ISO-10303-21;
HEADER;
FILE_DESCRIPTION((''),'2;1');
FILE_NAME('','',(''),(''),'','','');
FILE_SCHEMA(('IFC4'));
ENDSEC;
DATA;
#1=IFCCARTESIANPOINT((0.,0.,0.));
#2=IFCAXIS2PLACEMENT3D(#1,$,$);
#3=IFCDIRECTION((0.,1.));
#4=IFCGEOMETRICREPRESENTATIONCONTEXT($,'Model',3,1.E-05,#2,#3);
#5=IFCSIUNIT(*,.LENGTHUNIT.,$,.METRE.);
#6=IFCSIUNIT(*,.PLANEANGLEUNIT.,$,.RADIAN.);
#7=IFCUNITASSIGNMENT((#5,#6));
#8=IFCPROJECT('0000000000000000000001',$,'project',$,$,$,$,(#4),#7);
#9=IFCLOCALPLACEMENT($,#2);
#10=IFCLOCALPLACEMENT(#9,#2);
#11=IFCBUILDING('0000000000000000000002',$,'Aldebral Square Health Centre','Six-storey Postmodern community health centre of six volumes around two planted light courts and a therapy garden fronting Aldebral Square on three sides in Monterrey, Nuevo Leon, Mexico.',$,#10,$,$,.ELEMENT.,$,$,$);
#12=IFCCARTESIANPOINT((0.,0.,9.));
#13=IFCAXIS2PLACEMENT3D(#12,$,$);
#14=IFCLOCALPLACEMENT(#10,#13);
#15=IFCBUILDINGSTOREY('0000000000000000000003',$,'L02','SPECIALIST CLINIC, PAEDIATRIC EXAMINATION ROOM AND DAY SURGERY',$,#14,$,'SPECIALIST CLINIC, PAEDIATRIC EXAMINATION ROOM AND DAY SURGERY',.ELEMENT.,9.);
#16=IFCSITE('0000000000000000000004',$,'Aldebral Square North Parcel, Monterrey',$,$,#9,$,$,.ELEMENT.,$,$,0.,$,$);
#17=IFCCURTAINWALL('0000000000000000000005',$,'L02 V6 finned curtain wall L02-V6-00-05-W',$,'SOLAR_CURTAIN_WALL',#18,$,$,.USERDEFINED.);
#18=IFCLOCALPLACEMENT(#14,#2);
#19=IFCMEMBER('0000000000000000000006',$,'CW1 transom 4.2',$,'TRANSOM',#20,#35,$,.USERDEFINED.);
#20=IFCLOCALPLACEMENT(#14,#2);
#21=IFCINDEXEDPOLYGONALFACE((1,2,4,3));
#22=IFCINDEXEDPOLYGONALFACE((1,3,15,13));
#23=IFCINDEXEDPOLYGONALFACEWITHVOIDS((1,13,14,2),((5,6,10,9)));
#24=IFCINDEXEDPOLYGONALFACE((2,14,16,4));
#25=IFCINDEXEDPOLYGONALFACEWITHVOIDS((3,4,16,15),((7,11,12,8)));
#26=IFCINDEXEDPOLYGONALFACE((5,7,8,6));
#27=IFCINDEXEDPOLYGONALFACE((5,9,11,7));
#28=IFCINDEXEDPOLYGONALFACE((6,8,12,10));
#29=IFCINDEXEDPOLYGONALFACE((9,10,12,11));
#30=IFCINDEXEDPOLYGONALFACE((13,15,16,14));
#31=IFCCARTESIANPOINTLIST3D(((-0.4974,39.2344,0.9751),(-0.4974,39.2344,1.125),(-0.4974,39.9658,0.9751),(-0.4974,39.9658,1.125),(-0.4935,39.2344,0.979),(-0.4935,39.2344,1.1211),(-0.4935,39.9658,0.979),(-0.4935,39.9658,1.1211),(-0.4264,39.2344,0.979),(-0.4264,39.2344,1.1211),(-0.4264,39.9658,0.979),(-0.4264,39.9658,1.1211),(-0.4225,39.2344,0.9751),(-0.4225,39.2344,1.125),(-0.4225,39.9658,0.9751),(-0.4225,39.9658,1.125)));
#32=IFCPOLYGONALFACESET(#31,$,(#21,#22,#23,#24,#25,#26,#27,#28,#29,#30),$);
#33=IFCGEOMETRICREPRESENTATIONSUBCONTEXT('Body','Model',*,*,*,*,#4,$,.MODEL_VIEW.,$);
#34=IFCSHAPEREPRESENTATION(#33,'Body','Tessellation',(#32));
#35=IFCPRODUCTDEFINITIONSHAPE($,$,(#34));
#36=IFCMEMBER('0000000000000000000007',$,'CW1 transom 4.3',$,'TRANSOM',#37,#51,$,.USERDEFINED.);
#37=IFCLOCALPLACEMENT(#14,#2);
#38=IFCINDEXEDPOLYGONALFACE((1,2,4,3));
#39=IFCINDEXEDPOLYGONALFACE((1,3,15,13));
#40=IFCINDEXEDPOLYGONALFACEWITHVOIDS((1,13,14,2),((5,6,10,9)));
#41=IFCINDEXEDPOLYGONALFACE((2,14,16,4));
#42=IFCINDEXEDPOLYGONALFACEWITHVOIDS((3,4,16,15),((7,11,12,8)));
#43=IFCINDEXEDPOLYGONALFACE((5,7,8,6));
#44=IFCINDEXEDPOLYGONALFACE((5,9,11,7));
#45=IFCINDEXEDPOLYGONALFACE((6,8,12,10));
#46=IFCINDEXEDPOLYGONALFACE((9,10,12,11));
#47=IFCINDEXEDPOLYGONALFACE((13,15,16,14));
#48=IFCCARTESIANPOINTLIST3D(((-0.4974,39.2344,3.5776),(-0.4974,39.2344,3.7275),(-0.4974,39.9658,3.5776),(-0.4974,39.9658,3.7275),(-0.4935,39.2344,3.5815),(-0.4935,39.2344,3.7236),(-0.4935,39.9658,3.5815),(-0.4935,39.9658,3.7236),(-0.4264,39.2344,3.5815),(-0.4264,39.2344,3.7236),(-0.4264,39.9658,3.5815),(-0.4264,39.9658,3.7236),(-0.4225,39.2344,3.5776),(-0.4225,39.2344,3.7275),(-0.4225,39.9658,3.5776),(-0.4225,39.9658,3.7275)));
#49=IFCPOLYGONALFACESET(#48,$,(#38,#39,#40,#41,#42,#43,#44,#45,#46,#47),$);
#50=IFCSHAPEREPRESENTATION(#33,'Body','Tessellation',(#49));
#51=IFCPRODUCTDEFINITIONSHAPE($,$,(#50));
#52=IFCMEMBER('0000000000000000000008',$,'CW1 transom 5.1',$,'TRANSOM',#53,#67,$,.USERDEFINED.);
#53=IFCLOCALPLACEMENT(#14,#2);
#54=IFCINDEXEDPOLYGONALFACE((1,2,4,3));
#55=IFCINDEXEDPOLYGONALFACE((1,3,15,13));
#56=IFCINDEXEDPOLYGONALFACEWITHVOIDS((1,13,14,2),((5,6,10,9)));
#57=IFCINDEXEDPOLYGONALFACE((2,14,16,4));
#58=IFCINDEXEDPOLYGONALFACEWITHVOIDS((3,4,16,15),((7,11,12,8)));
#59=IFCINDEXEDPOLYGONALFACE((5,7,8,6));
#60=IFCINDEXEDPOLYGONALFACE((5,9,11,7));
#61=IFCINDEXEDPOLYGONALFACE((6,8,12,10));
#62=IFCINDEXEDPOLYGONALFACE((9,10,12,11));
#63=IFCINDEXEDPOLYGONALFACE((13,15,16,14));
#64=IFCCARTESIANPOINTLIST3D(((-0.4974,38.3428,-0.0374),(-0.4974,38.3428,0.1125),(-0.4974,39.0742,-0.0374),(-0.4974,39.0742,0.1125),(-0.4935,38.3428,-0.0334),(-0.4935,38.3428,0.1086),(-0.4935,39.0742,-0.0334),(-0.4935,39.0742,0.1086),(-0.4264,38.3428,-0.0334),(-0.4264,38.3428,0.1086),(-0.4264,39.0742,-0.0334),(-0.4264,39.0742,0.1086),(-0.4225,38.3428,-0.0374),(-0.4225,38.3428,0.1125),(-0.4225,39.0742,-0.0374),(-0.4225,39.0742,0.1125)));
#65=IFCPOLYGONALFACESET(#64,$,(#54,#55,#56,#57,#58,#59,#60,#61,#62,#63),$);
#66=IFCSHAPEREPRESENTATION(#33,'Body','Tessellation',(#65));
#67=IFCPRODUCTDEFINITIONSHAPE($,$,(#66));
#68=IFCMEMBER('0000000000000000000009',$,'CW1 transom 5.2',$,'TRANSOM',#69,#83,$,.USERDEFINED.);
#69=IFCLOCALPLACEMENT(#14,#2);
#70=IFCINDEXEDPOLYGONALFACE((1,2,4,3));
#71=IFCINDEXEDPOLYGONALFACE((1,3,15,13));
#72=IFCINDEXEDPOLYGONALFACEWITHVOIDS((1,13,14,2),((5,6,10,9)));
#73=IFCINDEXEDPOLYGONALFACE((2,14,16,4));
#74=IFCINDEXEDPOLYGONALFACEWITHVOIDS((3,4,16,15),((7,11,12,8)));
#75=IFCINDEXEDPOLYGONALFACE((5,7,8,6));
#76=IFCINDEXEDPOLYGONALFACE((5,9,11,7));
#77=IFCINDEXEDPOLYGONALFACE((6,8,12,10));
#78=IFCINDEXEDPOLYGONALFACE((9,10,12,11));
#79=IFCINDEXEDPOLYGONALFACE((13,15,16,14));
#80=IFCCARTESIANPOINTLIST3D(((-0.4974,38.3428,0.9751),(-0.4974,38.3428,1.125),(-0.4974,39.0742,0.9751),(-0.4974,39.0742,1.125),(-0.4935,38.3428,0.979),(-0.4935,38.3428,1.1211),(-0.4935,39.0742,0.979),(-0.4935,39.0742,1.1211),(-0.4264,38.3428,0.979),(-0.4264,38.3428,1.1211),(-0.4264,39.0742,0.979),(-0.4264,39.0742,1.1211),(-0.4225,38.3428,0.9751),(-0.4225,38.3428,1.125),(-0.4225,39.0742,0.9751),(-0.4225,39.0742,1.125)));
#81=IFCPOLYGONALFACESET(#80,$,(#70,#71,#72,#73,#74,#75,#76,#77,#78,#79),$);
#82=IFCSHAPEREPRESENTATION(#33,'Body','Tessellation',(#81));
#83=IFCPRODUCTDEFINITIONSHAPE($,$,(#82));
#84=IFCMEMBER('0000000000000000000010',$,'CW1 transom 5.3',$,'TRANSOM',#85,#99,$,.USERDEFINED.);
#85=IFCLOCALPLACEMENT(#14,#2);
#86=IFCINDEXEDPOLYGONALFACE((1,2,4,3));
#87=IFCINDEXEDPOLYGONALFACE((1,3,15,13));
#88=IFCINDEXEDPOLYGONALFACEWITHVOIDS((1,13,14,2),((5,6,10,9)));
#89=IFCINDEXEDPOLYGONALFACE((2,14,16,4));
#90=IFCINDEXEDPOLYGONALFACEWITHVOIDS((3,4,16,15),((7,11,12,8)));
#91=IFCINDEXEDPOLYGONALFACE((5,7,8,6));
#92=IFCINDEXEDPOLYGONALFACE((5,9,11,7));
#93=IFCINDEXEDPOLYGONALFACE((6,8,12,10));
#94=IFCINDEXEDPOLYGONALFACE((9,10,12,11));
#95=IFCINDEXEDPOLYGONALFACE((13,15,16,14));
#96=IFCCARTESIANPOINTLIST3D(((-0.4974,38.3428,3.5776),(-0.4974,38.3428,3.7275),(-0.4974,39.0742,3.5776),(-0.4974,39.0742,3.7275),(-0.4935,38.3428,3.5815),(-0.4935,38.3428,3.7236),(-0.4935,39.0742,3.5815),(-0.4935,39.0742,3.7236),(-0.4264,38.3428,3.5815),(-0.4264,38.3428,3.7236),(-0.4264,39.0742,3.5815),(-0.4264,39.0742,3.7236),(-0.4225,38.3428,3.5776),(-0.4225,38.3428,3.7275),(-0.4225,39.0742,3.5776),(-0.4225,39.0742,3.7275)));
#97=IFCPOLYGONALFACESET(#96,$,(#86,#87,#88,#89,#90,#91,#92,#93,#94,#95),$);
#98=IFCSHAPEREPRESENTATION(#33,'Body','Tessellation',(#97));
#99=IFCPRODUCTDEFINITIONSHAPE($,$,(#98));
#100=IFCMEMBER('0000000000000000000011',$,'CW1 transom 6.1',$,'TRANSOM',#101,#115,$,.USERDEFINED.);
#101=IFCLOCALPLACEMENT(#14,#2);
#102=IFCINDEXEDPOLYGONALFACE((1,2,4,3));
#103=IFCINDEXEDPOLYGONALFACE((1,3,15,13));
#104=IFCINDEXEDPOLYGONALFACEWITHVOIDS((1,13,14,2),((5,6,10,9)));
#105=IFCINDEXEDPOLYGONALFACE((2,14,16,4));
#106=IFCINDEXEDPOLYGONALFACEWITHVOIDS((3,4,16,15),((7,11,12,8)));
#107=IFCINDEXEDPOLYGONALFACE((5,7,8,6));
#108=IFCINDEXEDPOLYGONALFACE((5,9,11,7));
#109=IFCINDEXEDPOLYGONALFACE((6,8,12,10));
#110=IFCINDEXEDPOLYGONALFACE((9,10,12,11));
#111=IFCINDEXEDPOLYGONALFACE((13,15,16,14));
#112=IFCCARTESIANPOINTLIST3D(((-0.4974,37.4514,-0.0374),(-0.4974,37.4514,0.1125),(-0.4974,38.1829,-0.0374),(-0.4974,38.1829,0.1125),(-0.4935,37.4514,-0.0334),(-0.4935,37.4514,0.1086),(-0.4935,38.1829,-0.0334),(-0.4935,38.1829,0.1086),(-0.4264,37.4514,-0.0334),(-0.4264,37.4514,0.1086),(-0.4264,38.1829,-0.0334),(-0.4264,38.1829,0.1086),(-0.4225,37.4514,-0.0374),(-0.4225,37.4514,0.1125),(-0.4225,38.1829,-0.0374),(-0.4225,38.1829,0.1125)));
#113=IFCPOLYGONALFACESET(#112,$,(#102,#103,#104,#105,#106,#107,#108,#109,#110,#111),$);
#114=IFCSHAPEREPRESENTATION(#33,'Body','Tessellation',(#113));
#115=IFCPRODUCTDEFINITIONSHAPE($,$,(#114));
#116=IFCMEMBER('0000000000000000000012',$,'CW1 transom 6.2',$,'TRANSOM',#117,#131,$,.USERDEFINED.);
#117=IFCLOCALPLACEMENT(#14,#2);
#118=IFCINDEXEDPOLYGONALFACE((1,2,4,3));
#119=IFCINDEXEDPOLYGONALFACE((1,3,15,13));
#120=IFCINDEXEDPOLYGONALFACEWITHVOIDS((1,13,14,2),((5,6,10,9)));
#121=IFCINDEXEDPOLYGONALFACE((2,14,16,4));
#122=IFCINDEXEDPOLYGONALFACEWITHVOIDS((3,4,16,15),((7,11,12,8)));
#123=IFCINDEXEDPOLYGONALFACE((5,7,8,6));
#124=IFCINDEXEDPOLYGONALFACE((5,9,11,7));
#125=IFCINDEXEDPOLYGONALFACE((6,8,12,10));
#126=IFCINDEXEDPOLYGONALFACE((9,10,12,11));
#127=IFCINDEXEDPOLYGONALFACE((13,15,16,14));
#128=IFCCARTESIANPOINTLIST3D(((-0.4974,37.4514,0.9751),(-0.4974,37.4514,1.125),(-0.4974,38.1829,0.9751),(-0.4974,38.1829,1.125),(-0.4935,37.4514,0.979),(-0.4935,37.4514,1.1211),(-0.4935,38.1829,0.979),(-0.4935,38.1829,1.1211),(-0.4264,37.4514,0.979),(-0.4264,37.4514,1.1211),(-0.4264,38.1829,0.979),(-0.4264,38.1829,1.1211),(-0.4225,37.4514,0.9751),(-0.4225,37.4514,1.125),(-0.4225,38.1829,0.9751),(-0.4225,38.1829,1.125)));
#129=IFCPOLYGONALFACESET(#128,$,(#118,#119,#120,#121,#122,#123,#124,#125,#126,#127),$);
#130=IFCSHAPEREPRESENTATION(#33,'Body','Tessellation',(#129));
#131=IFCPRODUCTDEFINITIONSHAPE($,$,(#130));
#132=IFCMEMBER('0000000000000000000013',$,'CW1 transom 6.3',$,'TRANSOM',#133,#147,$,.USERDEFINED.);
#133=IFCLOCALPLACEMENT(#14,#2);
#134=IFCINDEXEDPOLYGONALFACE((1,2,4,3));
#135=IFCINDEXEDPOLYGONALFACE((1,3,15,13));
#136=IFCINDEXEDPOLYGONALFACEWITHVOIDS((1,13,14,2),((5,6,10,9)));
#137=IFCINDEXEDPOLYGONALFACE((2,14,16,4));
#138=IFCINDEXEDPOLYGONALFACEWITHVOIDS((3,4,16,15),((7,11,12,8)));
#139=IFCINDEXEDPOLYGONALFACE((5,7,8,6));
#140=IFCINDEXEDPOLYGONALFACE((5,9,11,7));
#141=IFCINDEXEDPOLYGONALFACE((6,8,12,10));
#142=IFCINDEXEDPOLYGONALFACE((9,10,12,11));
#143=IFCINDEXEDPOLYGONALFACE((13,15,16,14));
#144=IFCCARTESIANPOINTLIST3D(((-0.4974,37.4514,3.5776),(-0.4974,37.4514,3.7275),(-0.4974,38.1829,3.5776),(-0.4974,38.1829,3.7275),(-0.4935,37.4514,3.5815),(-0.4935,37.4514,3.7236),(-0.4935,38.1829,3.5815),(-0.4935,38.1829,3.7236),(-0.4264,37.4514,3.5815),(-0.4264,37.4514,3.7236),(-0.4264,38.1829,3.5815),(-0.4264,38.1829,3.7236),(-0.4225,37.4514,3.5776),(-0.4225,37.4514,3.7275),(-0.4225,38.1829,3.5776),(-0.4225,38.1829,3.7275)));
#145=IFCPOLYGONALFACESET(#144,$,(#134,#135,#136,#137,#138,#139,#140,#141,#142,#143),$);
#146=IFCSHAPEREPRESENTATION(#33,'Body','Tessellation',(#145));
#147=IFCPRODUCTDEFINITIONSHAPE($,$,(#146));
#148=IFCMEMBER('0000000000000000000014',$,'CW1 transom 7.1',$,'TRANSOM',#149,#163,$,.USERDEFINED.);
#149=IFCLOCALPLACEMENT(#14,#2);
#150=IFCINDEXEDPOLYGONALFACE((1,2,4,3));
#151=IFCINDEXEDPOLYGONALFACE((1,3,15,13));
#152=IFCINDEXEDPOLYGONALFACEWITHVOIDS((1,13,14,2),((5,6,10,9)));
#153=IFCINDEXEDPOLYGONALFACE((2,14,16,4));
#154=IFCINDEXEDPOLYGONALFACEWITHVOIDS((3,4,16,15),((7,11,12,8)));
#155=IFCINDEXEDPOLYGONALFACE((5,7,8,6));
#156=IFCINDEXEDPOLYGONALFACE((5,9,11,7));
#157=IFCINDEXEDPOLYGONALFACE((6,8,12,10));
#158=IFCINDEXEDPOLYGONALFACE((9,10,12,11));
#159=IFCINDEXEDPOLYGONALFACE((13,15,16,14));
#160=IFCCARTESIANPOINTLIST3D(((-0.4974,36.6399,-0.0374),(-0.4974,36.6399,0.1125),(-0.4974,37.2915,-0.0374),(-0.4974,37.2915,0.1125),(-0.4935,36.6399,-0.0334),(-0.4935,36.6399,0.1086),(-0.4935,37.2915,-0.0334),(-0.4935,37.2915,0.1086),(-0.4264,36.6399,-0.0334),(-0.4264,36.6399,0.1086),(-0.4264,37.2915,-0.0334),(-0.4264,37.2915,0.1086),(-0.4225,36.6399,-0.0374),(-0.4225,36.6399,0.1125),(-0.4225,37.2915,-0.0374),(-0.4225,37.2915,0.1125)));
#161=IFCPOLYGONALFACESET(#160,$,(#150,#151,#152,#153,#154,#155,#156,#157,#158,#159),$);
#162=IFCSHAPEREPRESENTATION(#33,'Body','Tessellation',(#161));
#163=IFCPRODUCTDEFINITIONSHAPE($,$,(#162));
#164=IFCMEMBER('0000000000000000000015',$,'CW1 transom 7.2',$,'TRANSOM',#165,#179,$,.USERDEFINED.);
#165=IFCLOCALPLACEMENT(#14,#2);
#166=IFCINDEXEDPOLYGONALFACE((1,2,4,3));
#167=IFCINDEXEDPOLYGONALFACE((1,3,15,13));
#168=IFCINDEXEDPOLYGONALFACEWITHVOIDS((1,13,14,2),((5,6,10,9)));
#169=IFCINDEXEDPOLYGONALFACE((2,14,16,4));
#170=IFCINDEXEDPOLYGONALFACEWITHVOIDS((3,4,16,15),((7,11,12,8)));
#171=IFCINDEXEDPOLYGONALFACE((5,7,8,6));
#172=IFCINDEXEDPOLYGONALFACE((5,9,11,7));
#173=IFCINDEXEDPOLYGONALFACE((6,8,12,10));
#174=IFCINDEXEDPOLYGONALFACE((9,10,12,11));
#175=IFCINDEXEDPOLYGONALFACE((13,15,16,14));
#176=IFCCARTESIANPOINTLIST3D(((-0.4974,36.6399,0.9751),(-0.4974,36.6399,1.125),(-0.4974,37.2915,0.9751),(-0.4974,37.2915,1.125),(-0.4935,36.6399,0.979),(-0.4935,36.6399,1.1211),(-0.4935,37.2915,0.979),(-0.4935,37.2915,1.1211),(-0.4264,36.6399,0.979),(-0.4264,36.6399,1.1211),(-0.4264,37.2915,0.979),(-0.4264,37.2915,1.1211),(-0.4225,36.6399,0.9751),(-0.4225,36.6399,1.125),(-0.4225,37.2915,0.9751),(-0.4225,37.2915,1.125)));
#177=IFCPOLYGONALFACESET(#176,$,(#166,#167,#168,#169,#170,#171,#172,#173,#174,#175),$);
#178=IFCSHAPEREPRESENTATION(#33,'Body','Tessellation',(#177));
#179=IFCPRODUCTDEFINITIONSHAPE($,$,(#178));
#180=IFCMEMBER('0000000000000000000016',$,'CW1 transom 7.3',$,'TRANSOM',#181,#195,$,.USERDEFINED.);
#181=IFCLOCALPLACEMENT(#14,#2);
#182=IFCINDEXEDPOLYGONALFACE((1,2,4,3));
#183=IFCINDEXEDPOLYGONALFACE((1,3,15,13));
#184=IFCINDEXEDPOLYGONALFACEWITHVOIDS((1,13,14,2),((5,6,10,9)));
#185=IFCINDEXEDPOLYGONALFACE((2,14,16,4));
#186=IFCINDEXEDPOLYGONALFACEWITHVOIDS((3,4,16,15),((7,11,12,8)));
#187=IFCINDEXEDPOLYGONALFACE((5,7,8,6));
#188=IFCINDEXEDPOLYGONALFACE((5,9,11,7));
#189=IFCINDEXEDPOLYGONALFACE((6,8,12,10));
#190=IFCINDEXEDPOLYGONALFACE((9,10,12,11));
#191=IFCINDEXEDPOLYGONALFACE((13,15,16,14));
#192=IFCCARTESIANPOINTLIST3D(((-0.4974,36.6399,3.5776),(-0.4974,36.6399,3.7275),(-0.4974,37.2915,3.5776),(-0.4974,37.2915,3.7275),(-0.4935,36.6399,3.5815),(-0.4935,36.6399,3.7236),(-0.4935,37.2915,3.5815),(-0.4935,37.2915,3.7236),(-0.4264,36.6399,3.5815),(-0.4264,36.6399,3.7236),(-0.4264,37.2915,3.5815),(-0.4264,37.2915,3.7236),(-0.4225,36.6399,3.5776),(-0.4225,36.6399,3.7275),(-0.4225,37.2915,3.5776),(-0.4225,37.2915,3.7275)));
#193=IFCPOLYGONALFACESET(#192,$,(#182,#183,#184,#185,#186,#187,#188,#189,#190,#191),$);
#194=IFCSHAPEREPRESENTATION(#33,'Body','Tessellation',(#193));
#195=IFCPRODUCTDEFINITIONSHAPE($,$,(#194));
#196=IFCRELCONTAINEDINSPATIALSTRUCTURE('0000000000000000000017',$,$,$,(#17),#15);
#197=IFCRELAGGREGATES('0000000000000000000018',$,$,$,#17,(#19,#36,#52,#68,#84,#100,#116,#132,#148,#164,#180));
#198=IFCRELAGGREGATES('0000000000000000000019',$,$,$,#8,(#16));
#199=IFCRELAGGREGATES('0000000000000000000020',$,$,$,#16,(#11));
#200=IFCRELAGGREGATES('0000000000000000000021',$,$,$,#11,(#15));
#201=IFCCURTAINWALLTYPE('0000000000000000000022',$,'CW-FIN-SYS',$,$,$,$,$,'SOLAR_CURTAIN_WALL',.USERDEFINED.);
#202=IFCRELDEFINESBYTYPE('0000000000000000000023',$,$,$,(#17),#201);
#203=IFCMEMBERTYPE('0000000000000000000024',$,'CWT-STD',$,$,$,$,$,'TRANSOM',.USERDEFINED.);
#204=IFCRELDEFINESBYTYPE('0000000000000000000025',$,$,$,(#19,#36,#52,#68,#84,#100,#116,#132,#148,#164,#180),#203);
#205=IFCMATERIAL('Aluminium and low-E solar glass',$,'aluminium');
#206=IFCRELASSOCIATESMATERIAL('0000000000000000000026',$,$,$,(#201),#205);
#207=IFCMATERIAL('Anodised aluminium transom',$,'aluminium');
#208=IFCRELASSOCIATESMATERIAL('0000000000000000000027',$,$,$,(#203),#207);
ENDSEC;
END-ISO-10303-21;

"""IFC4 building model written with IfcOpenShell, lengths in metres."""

from ifc_helpers import new_model, si_unit, direction, frame, origin, origin_2d, place, context, subcontext, project, spatial, hollow_rectangle, extrude, material, material_profile, profile_set, type_object, element, aggregate, save


model = new_model("IFC4")

# Units and contexts
model_context = context("Model", 3, precision=1e-05, world=origin(), true_north=direction((0.0, 1.0)))
body_context = subcontext(model_context, "Body", "Model", "MODEL_VIEW")
ifc_project = project(units=[si_unit("LENGTHUNIT", "METRE"), si_unit("PLANEANGLEUNIT", "RADIAN")], contexts=[model_context])

# Site, building, storey
site_placement = place(None, origin())
site = spatial("IfcSite", under=ifc_project, at=site_placement, Name="Aldebral Square North Parcel, Monterrey", CompositionType="ELEMENT", RefElevation=0.0)
building_placement = place(site_placement, origin())
building = spatial("IfcBuilding", under=site, at=building_placement, Name="Aldebral Square Health Centre", Description="Six-storey Postmodern community health centre of six volumes around two planted light courts and a therapy garden fronting Aldebral Square on three sides in Monterrey, Nuevo Leon, Mexico.", CompositionType="ELEMENT")
storey_placement = place(building_placement, frame((0.0, 0.0, 9.0)))
storey = spatial("IfcBuildingStorey", under=building, at=storey_placement, Name="L02", Description="SPECIALIST CLINIC, PAEDIATRIC EXAMINATION ROOM AND DAY SURGERY", LongName="SPECIALIST CLINIC, PAEDIATRIC EXAMINATION ROOM AND DAY SURGERY", CompositionType="ELEMENT", Elevation=9.0)

# Curtain wall, members
ifc_material_1 = material(Name="Aluminium and low-E solar glass", Category="aluminium")
curtain_wall_type = type_object("IfcCurtainWallType", Name="CW-FIN-SYS", ElementType="SOLAR_CURTAIN_WALL", PredefinedType="USERDEFINED", material=ifc_material_1)
curtain_wall_placement = place(storey_placement, origin())
curtain_wall = element("IfcCurtainWall", 1, at=curtain_wall_placement, inside=storey, type_object=curtain_wall_type, Name="L02 V6 finned curtain wall L02-V6-00-05-W", ObjectType="SOLAR_CURTAIN_WALL", PredefinedType="USERDEFINED")
ifc_material_2 = material(Name="Anodised aluminium transom", Category="aluminium")
ifc_material_profile_1 = material_profile(ifc_material_2, hollow_rectangle(XDim=0.075, YDim=0.1499, WallThickness=0.0039, at=origin_2d()), Name="CWT 75x150x4")
ifc_profile_set_1 = profile_set([ifc_material_profile_1], Name="Anodised aluminium transom")
member_type_1 = type_object("IfcMemberType", Name="CWT-STD", ElementType="TRANSOM", PredefinedType="USERDEFINED", material=ifc_profile_set_1)
member_1_placement = place(storey_placement, frame((-0.46, 39.9658, 1.05), z_axis=(0.0, -1.0, 0.0), x_axis=(1.0, 0.0, 0.0)))
member_1 = element("IfcMember", 2, at=member_1_placement, type_object=member_type_1, Name="CW1 transom 4.2", ObjectType="TRANSOM", PredefinedType="USERDEFINED", context=body_context, shape_type="SweptSolid", body=[
    extrude(hollow_rectangle(XDim=0.075, YDim=0.1499, WallThickness=0.0039, at=origin_2d()), origin(), (0.0, 0.0, 1.0), 0.7314),
])
member_2_placement = place(storey_placement, frame((-0.46, 39.9658, 3.6526), z_axis=(0.0, -1.0, 0.0), x_axis=(1.0, 0.0, 0.0)))
member_2 = element("IfcMember", 3, at=member_2_placement, type_object=member_type_1, Name="CW1 transom 4.3", ObjectType="TRANSOM", PredefinedType="USERDEFINED", context=body_context, shape_type="SweptSolid", body=[
    extrude(hollow_rectangle(XDim=0.075, YDim=0.1499, WallThickness=0.0039, at=origin_2d()), origin(), (0.0, 0.0, 1.0), 0.7314),
])
member_3_placement = place(storey_placement, frame((-0.46, 39.0742, 0.0376), z_axis=(0.0, -1.0, 0.0), x_axis=(1.0, 0.0, 0.0)))
member_3 = element("IfcMember", 4, at=member_3_placement, type_object=member_type_1, Name="CW1 transom 5.1", ObjectType="TRANSOM", PredefinedType="USERDEFINED", context=body_context, shape_type="SweptSolid", body=[
    extrude(hollow_rectangle(XDim=0.075, YDim=0.1499, WallThickness=0.0039, at=origin_2d()), origin(), (0.0, 0.0, 1.0), 0.7314),
])
member_4_placement = place(storey_placement, frame((-0.46, 39.0742, 1.05), z_axis=(0.0, -1.0, 0.0), x_axis=(1.0, 0.0, 0.0)))
member_4 = element("IfcMember", 5, at=member_4_placement, type_object=member_type_1, Name="CW1 transom 5.2", ObjectType="TRANSOM", PredefinedType="USERDEFINED", context=body_context, shape_type="SweptSolid", body=[
    extrude(hollow_rectangle(XDim=0.075, YDim=0.1499, WallThickness=0.0039, at=origin_2d()), origin(), (0.0, 0.0, 1.0), 0.7314),
])
member_5_placement = place(storey_placement, frame((-0.46, 39.0742, 3.6526), z_axis=(0.0, -1.0, 0.0), x_axis=(1.0, 0.0, 0.0)))
member_5 = element("IfcMember", 6, at=member_5_placement, type_object=member_type_1, Name="CW1 transom 5.3", ObjectType="TRANSOM", PredefinedType="USERDEFINED", context=body_context, shape_type="SweptSolid", body=[
    extrude(hollow_rectangle(XDim=0.075, YDim=0.1499, WallThickness=0.0039, at=origin_2d()), origin(), (0.0, 0.0, 1.0), 0.7314),
])
member_6_placement = place(storey_placement, frame((-0.46, 38.1829, 0.0376), z_axis=(0.0, -1.0, 0.0), x_axis=(1.0, 0.0, 0.0)))
member_6 = element("IfcMember", 7, at=member_6_placement, type_object=member_type_1, Name="CW1 transom 6.1", ObjectType="TRANSOM", PredefinedType="USERDEFINED", context=body_context, shape_type="SweptSolid", body=[
    extrude(hollow_rectangle(XDim=0.075, YDim=0.1499, WallThickness=0.0039, at=origin_2d()), origin(), (0.0, 0.0, 1.0), 0.7314),
])
member_7_placement = place(storey_placement, frame((-0.46, 38.1829, 1.05), z_axis=(0.0, -1.0, 0.0), x_axis=(1.0, 0.0, 0.0)))
member_7 = element("IfcMember", 8, at=member_7_placement, type_object=member_type_1, Name="CW1 transom 6.2", ObjectType="TRANSOM", PredefinedType="USERDEFINED", context=body_context, shape_type="SweptSolid", body=[
    extrude(hollow_rectangle(XDim=0.075, YDim=0.1499, WallThickness=0.0039, at=origin_2d()), origin(), (0.0, 0.0, 1.0), 0.7314),
])
member_8_placement = place(storey_placement, frame((-0.46, 38.1829, 3.6526), z_axis=(0.0, -1.0, 0.0), x_axis=(1.0, 0.0, 0.0)))
member_8 = element("IfcMember", 9, at=member_8_placement, type_object=member_type_1, Name="CW1 transom 6.3", ObjectType="TRANSOM", PredefinedType="USERDEFINED", context=body_context, shape_type="SweptSolid", body=[
    extrude(hollow_rectangle(XDim=0.075, YDim=0.1499, WallThickness=0.0039, at=origin_2d()), origin(), (0.0, 0.0, 1.0), 0.7314),
])
member_9_placement = place(storey_placement, frame((-0.46, 37.2915, 0.0376), z_axis=(0.0, -1.0, 0.0), x_axis=(1.0, 0.0, 0.0)))
member_9 = element("IfcMember", 10, at=member_9_placement, type_object=member_type_1, Name="CW1 transom 7.1", ObjectType="TRANSOM", PredefinedType="USERDEFINED", context=body_context, shape_type="SweptSolid", body=[
    extrude(hollow_rectangle(XDim=0.075, YDim=0.1499, WallThickness=0.0039, at=origin_2d()), origin(), (0.0, 0.0, 1.0), 0.6516),
])
member_10_placement = place(storey_placement, frame((-0.46, 37.2915, 1.05), z_axis=(0.0, -1.0, 0.0), x_axis=(1.0, 0.0, 0.0)))
member_10 = element("IfcMember", 11, at=member_10_placement, type_object=member_type_1, Name="CW1 transom 7.2", ObjectType="TRANSOM", PredefinedType="USERDEFINED", context=body_context, shape_type="SweptSolid", body=[
    extrude(hollow_rectangle(XDim=0.075, YDim=0.1499, WallThickness=0.0039, at=origin_2d()), origin(), (0.0, 0.0, 1.0), 0.6516),
])
member_11_placement = place(storey_placement, frame((-0.46, 37.2915, 3.6526), z_axis=(0.0, -1.0, 0.0), x_axis=(1.0, 0.0, 0.0)))
member_11 = element("IfcMember", 12, at=member_11_placement, type_object=member_type_1, Name="CW1 transom 7.3", ObjectType="TRANSOM", PredefinedType="USERDEFINED", context=body_context, shape_type="SweptSolid", body=[
    extrude(hollow_rectangle(XDim=0.075, YDim=0.1499, WallThickness=0.0039, at=origin_2d()), origin(), (0.0, 0.0, 1.0), 0.6516),
])
aggregate(curtain_wall, [member_1, member_2, member_3, member_4, member_5, member_6, member_7, member_8, member_9, member_10, member_11])

save(model, "model.ifc")
